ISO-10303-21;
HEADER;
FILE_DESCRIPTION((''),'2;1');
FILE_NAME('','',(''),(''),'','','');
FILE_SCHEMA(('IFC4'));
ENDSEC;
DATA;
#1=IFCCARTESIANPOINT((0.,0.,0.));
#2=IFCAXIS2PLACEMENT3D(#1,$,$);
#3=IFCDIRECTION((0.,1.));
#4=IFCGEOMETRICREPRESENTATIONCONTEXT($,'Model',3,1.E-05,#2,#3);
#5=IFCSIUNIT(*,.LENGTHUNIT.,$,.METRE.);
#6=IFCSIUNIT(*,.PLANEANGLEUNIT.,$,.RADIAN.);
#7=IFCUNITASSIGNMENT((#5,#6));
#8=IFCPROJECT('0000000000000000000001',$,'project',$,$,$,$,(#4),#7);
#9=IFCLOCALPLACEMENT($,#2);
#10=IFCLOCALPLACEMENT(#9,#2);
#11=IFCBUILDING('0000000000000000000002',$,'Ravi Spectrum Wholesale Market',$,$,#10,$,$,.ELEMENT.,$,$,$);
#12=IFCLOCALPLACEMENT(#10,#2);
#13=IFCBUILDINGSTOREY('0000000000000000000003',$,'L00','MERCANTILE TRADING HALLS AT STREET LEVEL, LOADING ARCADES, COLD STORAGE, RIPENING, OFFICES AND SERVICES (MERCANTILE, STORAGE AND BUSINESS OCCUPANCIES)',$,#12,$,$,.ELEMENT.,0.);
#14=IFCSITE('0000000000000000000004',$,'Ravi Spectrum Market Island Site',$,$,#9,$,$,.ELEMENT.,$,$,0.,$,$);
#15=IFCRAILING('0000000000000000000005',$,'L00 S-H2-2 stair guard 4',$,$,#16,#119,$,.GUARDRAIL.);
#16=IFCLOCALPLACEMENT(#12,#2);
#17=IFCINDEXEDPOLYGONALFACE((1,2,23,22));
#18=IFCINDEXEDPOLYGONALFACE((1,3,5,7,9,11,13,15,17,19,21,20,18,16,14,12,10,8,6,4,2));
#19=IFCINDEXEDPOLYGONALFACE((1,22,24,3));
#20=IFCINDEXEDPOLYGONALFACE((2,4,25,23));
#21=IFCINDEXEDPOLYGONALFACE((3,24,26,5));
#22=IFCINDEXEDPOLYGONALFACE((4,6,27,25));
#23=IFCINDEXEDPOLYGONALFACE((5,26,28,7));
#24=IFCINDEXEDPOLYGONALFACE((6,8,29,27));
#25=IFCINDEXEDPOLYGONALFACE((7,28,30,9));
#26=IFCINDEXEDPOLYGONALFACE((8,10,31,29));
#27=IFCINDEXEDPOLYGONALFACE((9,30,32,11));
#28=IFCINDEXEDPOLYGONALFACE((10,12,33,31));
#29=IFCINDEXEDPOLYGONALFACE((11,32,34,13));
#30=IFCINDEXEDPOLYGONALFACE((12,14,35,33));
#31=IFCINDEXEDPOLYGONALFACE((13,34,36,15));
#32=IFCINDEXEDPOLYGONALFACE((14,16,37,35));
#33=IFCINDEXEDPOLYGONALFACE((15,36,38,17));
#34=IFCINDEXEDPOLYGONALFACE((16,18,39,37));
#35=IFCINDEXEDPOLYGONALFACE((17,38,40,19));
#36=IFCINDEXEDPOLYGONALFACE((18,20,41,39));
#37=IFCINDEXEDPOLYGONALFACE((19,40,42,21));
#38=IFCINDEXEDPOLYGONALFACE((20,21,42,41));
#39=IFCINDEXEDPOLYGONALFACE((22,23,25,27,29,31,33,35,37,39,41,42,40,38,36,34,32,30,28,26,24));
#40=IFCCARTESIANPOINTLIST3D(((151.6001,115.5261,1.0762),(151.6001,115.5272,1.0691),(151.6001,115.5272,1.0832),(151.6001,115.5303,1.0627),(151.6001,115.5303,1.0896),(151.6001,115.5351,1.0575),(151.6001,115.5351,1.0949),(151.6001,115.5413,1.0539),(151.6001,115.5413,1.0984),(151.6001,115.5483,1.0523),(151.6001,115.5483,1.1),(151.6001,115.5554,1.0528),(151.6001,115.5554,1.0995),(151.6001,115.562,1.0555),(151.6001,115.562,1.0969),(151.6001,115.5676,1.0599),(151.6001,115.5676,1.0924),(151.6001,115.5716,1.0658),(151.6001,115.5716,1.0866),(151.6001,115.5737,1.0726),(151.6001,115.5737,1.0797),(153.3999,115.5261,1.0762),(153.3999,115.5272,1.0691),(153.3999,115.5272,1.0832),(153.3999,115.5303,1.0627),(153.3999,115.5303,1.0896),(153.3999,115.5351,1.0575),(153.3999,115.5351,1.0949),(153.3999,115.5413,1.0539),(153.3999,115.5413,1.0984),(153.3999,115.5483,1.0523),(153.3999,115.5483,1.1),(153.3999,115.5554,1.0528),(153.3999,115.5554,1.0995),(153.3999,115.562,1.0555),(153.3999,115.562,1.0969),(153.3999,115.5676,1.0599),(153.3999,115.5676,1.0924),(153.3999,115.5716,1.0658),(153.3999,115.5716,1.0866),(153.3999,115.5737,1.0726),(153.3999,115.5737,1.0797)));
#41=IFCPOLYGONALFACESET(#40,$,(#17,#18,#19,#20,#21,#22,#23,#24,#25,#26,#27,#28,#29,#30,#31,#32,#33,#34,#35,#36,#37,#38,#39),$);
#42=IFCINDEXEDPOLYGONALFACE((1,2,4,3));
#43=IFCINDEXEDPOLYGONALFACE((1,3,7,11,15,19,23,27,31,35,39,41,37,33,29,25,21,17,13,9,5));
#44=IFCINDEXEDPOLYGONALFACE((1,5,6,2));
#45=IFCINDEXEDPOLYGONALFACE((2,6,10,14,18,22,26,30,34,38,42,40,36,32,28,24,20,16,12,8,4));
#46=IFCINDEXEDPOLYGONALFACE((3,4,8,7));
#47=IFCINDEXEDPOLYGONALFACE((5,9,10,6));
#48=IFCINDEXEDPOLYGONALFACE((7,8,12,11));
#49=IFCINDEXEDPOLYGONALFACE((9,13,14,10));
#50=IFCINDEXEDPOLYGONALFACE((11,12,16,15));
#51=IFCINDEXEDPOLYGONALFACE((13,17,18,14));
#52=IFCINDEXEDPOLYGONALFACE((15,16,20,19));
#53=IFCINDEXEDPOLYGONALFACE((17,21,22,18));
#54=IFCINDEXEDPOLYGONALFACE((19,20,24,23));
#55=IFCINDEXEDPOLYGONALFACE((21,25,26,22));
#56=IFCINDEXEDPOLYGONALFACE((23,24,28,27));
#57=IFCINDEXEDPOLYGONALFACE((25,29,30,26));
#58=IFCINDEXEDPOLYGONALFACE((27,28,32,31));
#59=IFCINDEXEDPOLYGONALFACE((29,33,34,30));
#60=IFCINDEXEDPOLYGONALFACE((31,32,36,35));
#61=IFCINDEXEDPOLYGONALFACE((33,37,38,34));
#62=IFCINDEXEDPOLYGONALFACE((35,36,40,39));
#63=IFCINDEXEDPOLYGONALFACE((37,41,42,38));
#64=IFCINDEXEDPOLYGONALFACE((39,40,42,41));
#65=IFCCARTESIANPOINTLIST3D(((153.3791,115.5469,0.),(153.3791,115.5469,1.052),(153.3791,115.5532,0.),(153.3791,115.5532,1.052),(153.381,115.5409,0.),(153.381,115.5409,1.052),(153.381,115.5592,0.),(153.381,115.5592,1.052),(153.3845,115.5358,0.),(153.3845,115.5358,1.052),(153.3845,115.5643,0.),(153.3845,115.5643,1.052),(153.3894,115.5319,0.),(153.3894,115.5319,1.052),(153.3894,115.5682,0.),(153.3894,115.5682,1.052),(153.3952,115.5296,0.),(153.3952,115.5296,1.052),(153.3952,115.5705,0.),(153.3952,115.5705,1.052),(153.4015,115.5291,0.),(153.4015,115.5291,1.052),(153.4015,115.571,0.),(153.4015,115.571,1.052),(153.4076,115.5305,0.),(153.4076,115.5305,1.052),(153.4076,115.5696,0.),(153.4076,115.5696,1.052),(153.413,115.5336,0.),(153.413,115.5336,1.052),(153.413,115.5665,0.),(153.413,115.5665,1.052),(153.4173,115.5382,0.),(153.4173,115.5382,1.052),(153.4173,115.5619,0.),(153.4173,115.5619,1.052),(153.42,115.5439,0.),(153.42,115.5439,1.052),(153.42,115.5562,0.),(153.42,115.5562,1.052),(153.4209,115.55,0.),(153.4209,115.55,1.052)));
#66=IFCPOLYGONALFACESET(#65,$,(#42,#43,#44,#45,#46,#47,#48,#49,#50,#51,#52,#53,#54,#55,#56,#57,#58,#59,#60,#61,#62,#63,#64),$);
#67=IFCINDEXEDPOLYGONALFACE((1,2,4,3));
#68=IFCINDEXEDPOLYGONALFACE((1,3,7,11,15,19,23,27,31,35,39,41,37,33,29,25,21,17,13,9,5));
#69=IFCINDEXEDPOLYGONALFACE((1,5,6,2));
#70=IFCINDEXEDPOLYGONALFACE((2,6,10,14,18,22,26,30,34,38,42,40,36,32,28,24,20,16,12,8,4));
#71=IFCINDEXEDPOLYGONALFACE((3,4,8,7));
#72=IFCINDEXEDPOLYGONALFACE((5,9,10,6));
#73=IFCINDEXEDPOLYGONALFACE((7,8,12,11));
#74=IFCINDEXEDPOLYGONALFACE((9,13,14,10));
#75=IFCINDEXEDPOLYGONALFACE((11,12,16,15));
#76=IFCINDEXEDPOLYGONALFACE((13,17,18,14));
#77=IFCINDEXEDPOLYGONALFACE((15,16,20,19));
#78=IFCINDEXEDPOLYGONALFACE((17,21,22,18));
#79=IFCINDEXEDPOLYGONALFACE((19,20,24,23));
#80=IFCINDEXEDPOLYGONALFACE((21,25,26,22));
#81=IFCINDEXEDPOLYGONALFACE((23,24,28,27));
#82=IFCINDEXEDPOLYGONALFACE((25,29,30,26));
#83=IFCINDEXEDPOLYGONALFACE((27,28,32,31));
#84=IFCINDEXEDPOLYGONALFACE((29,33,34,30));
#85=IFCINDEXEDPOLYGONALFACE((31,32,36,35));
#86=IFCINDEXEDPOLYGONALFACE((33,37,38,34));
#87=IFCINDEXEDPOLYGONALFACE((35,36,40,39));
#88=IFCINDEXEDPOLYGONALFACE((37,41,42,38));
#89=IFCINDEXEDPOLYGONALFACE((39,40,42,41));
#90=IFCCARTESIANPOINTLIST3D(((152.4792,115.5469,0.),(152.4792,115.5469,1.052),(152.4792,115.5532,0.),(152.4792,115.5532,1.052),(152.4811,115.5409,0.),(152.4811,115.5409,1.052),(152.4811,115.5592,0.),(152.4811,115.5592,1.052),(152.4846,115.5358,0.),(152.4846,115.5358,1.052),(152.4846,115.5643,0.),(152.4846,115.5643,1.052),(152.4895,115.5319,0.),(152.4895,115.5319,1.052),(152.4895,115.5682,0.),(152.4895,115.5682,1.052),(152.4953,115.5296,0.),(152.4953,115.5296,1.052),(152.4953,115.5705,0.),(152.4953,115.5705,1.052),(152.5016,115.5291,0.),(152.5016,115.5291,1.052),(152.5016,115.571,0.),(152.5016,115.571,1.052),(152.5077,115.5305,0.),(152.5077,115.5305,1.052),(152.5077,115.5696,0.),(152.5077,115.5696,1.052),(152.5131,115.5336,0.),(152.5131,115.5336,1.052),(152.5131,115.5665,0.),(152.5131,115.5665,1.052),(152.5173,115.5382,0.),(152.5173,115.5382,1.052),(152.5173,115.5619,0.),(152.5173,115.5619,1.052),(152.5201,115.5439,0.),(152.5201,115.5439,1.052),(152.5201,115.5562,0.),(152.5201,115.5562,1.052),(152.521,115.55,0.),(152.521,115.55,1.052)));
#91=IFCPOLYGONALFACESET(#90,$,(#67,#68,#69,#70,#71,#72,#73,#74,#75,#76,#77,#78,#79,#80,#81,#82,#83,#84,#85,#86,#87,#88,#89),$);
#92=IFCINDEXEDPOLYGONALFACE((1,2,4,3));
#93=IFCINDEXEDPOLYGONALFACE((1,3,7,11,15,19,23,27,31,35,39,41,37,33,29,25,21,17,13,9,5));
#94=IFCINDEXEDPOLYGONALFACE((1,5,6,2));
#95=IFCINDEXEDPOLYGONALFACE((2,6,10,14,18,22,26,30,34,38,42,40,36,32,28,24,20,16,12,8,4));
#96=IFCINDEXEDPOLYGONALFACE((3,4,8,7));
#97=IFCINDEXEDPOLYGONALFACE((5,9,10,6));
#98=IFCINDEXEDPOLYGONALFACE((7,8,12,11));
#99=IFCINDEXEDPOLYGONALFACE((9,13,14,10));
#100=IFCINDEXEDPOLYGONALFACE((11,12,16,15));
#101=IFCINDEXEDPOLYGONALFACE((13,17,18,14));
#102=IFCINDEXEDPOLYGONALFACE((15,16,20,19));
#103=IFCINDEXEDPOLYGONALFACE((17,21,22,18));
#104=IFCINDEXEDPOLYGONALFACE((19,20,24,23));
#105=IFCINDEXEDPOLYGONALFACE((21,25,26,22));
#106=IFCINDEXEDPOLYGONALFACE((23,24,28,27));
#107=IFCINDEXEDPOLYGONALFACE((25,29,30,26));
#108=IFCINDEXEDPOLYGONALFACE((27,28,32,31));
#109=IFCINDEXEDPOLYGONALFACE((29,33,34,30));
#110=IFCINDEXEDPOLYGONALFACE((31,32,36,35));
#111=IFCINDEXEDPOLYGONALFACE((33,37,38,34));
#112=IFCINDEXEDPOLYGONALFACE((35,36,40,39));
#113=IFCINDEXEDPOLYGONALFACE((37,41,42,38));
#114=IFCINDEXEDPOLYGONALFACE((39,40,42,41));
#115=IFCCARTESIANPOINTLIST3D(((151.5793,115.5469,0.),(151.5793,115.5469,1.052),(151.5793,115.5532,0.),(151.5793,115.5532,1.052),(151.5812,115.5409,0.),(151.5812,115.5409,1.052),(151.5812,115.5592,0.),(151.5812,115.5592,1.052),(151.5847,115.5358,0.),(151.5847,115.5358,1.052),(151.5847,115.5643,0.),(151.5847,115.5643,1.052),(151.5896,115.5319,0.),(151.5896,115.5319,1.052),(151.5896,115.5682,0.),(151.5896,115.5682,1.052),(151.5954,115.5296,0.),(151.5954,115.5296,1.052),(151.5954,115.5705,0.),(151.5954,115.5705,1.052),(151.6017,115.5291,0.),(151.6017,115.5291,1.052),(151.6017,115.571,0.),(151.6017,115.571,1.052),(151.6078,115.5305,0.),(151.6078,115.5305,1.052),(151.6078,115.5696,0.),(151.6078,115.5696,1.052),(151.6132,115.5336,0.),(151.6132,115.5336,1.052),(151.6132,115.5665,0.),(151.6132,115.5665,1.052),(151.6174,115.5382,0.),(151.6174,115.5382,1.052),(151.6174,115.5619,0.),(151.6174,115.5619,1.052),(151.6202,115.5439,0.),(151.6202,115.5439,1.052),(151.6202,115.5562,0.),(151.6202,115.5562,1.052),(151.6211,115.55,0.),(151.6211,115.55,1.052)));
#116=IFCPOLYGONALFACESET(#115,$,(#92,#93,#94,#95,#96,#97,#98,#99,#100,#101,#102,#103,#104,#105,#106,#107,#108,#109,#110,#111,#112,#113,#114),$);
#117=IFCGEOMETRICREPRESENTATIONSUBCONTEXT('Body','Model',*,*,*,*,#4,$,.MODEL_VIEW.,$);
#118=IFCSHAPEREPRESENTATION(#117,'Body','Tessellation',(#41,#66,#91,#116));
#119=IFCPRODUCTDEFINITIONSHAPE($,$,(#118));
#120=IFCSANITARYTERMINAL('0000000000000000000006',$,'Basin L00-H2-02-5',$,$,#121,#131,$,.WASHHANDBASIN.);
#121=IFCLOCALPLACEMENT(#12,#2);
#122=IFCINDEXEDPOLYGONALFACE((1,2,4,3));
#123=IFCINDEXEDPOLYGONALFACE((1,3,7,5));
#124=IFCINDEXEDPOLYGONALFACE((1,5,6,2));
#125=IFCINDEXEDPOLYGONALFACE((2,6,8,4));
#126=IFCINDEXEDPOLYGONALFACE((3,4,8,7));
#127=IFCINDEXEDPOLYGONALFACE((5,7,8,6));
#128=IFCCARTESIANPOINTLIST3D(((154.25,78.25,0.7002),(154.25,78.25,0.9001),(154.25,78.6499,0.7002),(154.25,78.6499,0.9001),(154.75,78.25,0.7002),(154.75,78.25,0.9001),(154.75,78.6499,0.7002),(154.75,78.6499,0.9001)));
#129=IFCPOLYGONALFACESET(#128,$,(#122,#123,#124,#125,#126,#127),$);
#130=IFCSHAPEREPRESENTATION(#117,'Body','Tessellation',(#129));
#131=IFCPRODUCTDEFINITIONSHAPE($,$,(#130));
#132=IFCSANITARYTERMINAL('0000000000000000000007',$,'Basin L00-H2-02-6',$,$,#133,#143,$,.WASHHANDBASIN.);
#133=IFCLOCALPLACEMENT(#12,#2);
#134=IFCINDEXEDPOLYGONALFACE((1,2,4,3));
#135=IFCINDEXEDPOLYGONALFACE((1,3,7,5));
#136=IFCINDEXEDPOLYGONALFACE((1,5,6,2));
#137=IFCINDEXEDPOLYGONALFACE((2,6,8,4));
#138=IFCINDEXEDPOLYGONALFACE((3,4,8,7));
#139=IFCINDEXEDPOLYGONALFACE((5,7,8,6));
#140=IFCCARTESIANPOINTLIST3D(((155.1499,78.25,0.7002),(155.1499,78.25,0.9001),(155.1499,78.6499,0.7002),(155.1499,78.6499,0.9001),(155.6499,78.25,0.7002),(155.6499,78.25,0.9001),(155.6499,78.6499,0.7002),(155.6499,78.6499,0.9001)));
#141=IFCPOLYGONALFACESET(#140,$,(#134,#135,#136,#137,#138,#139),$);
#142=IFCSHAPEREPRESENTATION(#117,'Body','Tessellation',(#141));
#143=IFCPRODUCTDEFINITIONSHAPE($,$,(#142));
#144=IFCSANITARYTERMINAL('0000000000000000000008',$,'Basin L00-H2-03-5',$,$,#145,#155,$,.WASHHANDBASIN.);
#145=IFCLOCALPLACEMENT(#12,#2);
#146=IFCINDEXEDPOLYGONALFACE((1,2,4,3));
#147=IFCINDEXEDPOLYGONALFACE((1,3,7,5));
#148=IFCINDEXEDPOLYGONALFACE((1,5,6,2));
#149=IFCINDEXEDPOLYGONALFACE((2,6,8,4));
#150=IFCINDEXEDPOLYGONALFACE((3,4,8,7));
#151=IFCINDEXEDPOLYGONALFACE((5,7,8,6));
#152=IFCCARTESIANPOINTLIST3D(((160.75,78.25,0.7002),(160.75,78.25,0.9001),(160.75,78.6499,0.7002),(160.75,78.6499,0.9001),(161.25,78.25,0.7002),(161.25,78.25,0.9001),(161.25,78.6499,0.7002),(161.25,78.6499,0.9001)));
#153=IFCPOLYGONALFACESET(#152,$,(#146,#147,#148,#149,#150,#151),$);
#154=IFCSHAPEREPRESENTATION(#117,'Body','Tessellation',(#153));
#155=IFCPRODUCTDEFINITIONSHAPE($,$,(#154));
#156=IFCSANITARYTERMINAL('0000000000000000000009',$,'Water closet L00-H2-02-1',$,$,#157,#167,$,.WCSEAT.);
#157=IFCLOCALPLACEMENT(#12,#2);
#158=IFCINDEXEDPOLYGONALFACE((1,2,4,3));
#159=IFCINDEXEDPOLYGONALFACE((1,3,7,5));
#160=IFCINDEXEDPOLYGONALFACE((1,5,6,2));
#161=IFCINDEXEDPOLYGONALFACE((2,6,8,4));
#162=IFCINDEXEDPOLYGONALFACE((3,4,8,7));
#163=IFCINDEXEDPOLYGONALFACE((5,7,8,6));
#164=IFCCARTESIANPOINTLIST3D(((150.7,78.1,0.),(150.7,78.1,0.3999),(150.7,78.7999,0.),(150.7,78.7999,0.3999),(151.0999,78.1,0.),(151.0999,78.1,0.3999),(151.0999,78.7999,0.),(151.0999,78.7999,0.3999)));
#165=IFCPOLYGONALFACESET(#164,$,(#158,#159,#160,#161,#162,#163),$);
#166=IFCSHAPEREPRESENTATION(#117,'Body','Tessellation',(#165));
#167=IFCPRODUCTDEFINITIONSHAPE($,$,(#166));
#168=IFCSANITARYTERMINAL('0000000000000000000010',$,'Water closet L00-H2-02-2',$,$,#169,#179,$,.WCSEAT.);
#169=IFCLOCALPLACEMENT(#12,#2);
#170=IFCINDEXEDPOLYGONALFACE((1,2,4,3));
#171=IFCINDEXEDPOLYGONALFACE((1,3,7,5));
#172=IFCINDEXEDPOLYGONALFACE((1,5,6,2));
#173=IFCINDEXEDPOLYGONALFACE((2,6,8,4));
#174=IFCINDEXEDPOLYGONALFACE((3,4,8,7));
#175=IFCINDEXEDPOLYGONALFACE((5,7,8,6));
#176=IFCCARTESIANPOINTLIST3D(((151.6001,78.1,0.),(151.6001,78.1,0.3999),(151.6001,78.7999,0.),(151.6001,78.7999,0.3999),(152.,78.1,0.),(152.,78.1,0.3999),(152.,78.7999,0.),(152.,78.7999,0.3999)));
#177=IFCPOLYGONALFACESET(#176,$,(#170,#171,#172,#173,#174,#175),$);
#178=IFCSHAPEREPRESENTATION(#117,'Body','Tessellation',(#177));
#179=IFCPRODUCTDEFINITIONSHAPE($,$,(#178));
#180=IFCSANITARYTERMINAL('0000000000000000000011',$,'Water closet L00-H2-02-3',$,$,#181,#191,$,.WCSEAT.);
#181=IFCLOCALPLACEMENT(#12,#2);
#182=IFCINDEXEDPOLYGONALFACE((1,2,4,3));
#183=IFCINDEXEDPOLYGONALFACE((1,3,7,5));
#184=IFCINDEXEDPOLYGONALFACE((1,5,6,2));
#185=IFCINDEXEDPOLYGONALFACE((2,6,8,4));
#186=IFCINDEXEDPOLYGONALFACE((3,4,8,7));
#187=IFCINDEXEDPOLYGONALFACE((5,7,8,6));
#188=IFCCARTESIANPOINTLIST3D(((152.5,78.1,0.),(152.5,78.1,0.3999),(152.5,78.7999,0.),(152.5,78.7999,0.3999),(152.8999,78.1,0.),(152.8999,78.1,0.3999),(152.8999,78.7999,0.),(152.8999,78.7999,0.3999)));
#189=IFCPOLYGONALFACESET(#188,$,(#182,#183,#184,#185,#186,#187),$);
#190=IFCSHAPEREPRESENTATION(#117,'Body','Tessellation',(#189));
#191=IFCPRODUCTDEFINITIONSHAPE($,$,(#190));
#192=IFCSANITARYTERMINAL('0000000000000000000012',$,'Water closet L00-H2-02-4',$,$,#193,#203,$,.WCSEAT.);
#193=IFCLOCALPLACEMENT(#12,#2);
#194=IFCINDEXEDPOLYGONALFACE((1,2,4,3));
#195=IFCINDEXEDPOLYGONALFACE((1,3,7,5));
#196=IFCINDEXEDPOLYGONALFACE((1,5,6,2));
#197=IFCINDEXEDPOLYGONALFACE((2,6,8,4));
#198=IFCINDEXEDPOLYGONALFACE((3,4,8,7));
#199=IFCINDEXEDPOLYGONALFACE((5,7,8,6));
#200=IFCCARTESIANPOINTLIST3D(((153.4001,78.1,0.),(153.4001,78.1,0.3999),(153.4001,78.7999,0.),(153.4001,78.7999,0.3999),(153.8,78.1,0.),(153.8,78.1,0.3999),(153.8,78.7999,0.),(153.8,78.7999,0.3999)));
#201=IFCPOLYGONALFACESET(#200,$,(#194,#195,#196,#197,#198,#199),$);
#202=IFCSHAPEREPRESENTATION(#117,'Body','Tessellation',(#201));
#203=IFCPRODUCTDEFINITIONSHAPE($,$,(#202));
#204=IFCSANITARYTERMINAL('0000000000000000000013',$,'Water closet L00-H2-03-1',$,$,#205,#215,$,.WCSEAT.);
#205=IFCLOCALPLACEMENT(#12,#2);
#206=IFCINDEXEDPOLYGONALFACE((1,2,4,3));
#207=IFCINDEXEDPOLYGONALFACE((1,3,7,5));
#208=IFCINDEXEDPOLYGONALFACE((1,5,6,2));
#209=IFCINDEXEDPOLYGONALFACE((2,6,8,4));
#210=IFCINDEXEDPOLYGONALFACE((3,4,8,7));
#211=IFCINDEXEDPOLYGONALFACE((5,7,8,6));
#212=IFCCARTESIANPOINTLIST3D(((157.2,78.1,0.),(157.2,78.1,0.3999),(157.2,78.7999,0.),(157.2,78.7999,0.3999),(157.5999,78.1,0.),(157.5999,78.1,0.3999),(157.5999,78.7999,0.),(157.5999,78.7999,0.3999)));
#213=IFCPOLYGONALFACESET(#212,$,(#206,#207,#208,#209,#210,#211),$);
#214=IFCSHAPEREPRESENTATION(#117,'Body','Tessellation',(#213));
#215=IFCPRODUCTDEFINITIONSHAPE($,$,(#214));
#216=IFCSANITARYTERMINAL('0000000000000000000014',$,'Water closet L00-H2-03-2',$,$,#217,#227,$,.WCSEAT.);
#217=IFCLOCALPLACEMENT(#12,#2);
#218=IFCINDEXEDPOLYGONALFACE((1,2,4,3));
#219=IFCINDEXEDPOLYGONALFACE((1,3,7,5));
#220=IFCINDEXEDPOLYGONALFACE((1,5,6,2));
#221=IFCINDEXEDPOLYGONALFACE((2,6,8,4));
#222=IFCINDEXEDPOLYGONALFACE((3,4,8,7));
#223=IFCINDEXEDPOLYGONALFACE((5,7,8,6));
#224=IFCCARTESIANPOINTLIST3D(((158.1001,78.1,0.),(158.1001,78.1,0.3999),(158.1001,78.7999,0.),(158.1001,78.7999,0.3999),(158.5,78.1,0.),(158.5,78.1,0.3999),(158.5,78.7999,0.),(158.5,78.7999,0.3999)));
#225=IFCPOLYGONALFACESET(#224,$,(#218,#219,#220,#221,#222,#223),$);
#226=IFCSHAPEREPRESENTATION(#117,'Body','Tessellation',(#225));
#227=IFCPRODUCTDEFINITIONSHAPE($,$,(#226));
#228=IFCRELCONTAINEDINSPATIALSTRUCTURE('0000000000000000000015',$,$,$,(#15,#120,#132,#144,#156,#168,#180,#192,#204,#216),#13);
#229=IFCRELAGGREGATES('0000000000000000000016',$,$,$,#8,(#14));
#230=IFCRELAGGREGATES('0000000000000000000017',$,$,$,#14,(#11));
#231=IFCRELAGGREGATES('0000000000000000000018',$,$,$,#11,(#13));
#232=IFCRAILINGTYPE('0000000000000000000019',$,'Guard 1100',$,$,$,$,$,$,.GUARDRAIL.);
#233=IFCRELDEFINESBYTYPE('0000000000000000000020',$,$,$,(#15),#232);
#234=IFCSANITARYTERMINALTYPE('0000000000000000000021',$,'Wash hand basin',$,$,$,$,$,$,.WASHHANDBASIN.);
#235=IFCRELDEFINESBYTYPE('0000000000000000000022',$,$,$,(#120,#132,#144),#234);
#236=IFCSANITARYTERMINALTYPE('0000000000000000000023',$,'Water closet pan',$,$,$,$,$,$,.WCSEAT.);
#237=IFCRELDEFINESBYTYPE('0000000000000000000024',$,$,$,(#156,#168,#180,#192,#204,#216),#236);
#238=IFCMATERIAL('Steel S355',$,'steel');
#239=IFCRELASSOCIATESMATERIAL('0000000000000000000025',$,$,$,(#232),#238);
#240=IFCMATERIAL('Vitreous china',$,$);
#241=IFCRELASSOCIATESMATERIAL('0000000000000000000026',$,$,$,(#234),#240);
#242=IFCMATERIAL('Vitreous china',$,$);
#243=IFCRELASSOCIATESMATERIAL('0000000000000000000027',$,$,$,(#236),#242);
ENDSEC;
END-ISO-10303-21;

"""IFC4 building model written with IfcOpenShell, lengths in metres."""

from ifc_helpers import new_model, si_unit, direction, frame, origin, origin_2d, place, context, subcontext, project, spatial, rectangle, circle, extrude, material, type_object, element, save


model = new_model("IFC4")

# Units and contexts
model_context = context("Model", 3, precision=1e-05, world=origin(), true_north=direction((0.0, 1.0)))
body_context = subcontext(model_context, "Body", "Model", "MODEL_VIEW")
ifc_project = project(units=[si_unit("LENGTHUNIT", "METRE"), si_unit("PLANEANGLEUNIT", "RADIAN")], contexts=[model_context])

# Site, building, storey
site_placement = place(None, origin())
site = spatial("IfcSite", under=ifc_project, at=site_placement, Name="Ravi Spectrum Market Island Site", CompositionType="ELEMENT", RefElevation=0.0)
building_placement = place(site_placement, origin())
building = spatial("IfcBuilding", under=site, at=building_placement, Name="Ravi Spectrum Wholesale Market", CompositionType="ELEMENT")
storey_placement = place(building_placement, origin())
storey = spatial("IfcBuildingStorey", under=building, at=storey_placement, Name="L00", Description="MERCANTILE TRADING HALLS AT STREET LEVEL, LOADING ARCADES, COLD STORAGE, RIPENING, OFFICES AND SERVICES (MERCANTILE, STORAGE AND BUSINESS OCCUPANCIES)", CompositionType="ELEMENT", Elevation=0.0)

# Railing
ifc_material_1 = material(Name="Steel S355", Category="steel")
railing_type = type_object("IfcRailingType", Name="Guard 1100", PredefinedType="GUARDRAIL", material=ifc_material_1)
railing_1_placement = place(storey_placement, frame((153.3999, 115.55, 0.0)))
element("IfcRailing", 1, at=railing_1_placement, inside=storey, type_object=railing_type, Name="L00 S-H2-2 stair guard 4", PredefinedType="GUARDRAIL", context=body_context, shape_type="SweptSolid", body=[
    extrude(circle(Radius=0.0239, at=origin_2d()), frame((0.0, 0.0, 1.0762), z_axis=(-1.0, 0.0, 0.0), x_axis=(0.0, -1.0, 0.0)), (0.0, 0.0, 1.0), 1.7998),
    extrude(circle(Radius=0.021, at=origin_2d()), origin(), (0.0, 0.0, 1.0), 1.052),
    extrude(circle(Radius=0.021, at=origin_2d()), frame((-0.8999, 0.0, 0.0)), (0.0, 0.0, 1.0), 1.052),
    extrude(circle(Radius=0.021, at=origin_2d()), frame((-1.7998, 0.0, 0.0)), (0.0, 0.0, 1.0), 1.052),
])

# Sanitary terminals
ifc_material_2 = material(Name="Vitreous china")
sanitary_terminal_type_1 = type_object("IfcSanitaryTerminalType", Name="Wash hand basin", PredefinedType="WASHHANDBASIN", material=ifc_material_2)
for number, where, z_axis, x_axis, name in (
    (2, (154.5, 78.45, 0.7002), (0.0, 0.0, 1.0), (1.0, 0.0, 0.0), "Basin L00-H2-02-5"),
    (3, (155.3999, 78.45, 0.7002), (0.0, 0.0, 1.0), (1.0, 0.0, 0.0), "Basin L00-H2-02-6"),
    (4, (161.0, 78.45, 0.7002), (0.0, 0.0, 1.0), (1.0, 0.0, 0.0), "Basin L00-H2-03-5"),
):
    element("IfcSanitaryTerminal", number, at=place(storey_placement, frame(where, z_axis=z_axis, x_axis=x_axis)), inside=storey, type_object=sanitary_terminal_type_1, Name=name, PredefinedType="WASHHANDBASIN", context=body_context, shape_type="SweptSolid", body=[
        extrude(rectangle(XDim=0.5, YDim=0.3999, at=origin_2d()), origin(), (0.0, 0.0, 1.0), 0.2),
    ])
ifc_material_3 = material(Name="Vitreous china")
sanitary_terminal_type_2 = type_object("IfcSanitaryTerminalType", Name="Water closet pan", PredefinedType="WCSEAT", material=ifc_material_3)
for number, where, z_axis, x_axis, name in (
    (5, (150.8999, 78.45, 0.0), (0.0, 0.0, 1.0), (1.0, 0.0, 0.0), "Water closet L00-H2-02-1"),
    (6, (151.8, 78.45, 0.0), (0.0, 0.0, 1.0), (1.0, 0.0, 0.0), "Water closet L00-H2-02-2"),
    (7, (152.7, 78.45, 0.0), (0.0, 0.0, 1.0), (1.0, 0.0, 0.0), "Water closet L00-H2-02-3"),
    (8, (153.6001, 78.45, 0.0), (0.0, 0.0, 1.0), (1.0, 0.0, 0.0), "Water closet L00-H2-02-4"),
    (9, (157.3999, 78.45, 0.0), (0.0, 0.0, 1.0), (1.0, 0.0, 0.0), "Water closet L00-H2-03-1"),
    (10, (158.3, 78.45, 0.0), (0.0, 0.0, 1.0), (1.0, 0.0, 0.0), "Water closet L00-H2-03-2"),
):
    element("IfcSanitaryTerminal", number, at=place(storey_placement, frame(where, z_axis=z_axis, x_axis=x_axis)), inside=storey, type_object=sanitary_terminal_type_2, Name=name, PredefinedType="WCSEAT", context=body_context, shape_type="SweptSolid", body=[
        extrude(rectangle(XDim=0.3999, YDim=0.7, at=origin_2d()), origin(), (0.0, 0.0, 1.0), 0.3999),
    ])

save(model, "model.ifc")
